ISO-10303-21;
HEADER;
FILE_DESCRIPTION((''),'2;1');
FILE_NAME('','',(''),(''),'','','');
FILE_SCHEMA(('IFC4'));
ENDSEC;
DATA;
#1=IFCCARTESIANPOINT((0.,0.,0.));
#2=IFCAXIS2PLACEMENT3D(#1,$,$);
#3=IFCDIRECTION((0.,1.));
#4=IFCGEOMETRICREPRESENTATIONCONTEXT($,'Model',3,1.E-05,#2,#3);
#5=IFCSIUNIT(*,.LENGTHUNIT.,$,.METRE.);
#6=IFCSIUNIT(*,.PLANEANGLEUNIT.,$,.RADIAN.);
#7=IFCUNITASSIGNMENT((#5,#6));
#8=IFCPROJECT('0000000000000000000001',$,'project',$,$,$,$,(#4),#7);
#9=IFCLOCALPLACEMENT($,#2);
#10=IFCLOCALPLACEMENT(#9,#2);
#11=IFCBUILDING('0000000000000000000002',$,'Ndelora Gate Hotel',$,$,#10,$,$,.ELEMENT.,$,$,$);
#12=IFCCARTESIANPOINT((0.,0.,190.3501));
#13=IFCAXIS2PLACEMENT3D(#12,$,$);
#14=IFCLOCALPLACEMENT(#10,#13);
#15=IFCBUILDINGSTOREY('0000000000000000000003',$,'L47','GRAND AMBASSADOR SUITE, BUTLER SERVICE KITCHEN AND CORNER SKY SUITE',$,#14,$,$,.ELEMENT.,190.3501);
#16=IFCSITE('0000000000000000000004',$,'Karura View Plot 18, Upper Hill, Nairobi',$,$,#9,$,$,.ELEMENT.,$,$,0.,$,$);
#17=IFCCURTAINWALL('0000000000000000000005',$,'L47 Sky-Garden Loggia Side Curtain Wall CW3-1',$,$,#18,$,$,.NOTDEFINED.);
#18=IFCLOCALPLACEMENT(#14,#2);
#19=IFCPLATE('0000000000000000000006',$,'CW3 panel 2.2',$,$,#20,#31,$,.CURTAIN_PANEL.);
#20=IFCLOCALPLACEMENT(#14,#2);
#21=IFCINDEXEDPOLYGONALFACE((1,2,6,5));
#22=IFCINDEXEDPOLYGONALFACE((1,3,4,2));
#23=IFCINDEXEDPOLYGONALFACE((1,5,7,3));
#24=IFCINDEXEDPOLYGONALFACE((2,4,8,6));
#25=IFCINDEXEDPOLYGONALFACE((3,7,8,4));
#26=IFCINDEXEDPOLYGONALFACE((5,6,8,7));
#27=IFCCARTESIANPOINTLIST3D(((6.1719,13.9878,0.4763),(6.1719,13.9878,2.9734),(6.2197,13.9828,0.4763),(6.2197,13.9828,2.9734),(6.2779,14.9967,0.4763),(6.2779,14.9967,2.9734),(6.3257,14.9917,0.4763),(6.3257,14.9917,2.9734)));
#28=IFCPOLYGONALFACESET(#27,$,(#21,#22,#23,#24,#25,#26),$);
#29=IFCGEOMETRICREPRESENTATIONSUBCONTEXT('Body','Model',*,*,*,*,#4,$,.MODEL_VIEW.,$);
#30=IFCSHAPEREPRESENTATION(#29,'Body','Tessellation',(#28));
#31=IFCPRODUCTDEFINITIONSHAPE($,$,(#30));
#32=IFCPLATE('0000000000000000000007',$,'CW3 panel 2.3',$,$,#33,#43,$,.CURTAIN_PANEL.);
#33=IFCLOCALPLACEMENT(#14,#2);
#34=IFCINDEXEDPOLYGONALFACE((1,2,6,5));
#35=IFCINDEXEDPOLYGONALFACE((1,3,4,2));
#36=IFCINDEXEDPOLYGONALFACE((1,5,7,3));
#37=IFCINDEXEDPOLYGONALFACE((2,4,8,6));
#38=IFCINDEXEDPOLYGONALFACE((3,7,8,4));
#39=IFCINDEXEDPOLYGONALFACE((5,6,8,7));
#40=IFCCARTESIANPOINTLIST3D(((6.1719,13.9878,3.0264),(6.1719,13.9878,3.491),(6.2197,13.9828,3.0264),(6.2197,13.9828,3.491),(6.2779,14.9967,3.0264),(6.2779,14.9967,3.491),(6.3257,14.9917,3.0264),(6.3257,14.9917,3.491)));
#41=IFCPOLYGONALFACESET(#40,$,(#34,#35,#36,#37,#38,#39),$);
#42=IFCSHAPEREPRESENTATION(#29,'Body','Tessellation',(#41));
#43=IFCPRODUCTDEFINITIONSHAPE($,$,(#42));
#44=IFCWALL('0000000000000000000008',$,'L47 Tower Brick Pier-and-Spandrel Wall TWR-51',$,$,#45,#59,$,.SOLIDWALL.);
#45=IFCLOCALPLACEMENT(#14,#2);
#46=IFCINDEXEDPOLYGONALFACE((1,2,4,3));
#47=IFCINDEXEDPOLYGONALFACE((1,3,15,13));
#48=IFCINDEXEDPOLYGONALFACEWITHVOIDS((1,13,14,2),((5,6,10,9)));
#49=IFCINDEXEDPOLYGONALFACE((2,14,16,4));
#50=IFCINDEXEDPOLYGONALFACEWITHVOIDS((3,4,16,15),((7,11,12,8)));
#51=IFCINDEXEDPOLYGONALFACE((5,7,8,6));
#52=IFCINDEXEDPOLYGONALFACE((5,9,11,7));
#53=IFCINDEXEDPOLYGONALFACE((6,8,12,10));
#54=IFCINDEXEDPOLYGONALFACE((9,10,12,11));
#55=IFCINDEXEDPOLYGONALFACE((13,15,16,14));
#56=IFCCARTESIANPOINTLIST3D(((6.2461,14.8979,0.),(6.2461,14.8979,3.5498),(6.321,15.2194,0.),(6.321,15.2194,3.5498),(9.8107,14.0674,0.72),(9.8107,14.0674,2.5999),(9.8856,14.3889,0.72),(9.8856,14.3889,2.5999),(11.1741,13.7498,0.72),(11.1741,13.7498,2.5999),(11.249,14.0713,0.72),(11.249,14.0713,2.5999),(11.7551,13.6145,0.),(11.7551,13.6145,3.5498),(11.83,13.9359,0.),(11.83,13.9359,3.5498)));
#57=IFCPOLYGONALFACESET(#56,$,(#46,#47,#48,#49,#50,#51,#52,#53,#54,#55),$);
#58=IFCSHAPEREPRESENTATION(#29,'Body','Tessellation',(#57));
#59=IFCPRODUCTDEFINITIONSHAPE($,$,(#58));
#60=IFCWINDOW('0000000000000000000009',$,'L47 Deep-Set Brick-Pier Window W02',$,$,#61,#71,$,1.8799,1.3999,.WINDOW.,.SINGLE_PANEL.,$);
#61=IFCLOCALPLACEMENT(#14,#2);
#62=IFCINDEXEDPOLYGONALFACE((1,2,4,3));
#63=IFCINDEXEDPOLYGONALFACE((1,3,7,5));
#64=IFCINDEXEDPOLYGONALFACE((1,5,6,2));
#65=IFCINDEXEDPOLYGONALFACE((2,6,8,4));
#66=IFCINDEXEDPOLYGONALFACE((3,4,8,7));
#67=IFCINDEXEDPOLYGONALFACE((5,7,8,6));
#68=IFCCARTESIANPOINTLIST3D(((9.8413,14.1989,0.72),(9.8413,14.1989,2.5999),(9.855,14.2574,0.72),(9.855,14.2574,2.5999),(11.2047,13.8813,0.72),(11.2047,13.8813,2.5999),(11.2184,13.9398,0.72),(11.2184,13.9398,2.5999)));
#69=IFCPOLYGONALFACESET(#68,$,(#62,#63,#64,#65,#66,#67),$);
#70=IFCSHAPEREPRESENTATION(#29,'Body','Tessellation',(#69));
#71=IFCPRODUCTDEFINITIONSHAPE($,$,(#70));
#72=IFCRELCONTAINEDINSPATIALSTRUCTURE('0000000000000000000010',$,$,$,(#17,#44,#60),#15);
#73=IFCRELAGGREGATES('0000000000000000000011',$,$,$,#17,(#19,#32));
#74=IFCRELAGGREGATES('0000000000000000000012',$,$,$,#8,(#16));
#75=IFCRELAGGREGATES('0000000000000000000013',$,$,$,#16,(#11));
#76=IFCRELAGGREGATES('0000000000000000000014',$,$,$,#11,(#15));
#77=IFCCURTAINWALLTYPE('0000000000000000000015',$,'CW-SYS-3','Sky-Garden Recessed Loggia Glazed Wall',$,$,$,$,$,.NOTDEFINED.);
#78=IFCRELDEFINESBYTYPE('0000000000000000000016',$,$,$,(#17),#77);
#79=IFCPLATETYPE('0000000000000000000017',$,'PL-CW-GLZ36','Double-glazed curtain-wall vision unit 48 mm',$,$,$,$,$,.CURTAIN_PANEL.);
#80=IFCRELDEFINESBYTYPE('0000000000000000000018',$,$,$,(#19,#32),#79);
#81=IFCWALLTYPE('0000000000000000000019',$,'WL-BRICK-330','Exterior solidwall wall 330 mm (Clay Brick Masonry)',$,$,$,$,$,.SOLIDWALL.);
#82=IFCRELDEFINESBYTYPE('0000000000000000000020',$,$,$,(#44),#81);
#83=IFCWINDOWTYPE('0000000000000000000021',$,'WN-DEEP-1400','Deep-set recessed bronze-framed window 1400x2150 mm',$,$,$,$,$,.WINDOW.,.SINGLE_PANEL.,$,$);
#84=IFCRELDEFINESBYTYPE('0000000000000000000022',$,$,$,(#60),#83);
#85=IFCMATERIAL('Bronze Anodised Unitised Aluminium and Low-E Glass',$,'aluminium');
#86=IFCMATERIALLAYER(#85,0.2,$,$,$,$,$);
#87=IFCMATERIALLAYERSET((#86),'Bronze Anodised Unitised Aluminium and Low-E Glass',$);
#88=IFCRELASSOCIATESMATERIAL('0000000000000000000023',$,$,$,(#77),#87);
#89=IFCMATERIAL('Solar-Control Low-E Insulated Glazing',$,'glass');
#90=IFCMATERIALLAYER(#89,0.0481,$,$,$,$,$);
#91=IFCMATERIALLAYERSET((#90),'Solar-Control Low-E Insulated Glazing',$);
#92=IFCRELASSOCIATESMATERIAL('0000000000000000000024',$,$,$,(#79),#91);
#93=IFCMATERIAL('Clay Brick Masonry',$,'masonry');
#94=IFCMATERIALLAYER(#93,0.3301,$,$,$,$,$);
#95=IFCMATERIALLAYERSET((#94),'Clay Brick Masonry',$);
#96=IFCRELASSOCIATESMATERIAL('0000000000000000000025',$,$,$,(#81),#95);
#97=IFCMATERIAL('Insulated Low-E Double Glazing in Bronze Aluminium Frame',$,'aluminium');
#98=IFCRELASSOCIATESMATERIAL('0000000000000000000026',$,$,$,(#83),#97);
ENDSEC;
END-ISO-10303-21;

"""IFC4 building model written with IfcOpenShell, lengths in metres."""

from ifc_helpers import new_model, si_unit, direction, frame, frame_2d, origin, origin_2d, place, context, subcontext, project, spatial, rectangle, extrude, material, layer, layer_set, type_object, element, fill, aggregate, save


model = new_model("IFC4")

# Units and contexts
model_context = context("Model", 3, precision=1e-05, world=origin(), true_north=direction((0.0, 1.0)))
body_context = subcontext(model_context, "Body", "Model", "MODEL_VIEW")
ifc_project = project(units=[si_unit("LENGTHUNIT", "METRE"), si_unit("PLANEANGLEUNIT", "RADIAN")], contexts=[model_context])

# Site, building, storey
site_placement = place(None, origin())
site = spatial("IfcSite", under=ifc_project, at=site_placement, Name="Karura View Plot 18, Upper Hill, Nairobi", CompositionType="ELEMENT", RefElevation=0.0)
building_placement = place(site_placement, origin())
building = spatial("IfcBuilding", under=site, at=building_placement, Name="Ndelora Gate Hotel", CompositionType="ELEMENT")
storey_placement = place(building_placement, frame((0.0, 0.0, 190.3501)))
storey = spatial("IfcBuildingStorey", under=building, at=storey_placement, Name="L47", Description="GRAND AMBASSADOR SUITE, BUTLER SERVICE KITCHEN AND CORNER SKY SUITE", CompositionType="ELEMENT", Elevation=190.3501)

# Curtain wall, plates
ifc_material_1 = material(Name="Bronze Anodised Unitised Aluminium and Low-E Glass", Category="aluminium")
ifc_layer_1 = layer(ifc_material_1, 0.2)
ifc_layer_set_1 = layer_set([ifc_layer_1], Name="Bronze Anodised Unitised Aluminium and Low-E Glass")
curtain_wall_type = type_object("IfcCurtainWallType", Name="CW-SYS-3", Description="Sky-Garden Recessed Loggia Glazed Wall", PredefinedType="NOTDEFINED", material=ifc_layer_set_1)
curtain_wall_placement = place(storey_placement, origin())
curtain_wall = element("IfcCurtainWall", 1, at=curtain_wall_placement, inside=storey, type_object=curtain_wall_type, Name="L47 Sky-Garden Loggia Side Curtain Wall CW3-1", PredefinedType="NOTDEFINED")
ifc_material_2 = material(Name="Solar-Control Low-E Insulated Glazing", Category="glass")
ifc_layer_2 = layer(ifc_material_2, 0.0481)
ifc_layer_set_2 = layer_set([ifc_layer_2], Name="Solar-Control Low-E Insulated Glazing")
plate_type = type_object("IfcPlateType", Name="PL-CW-GLZ36", Description="Double-glazed curtain-wall vision unit 48 mm", PredefinedType="CURTAIN_PANEL", material=ifc_layer_set_2)
plate_1_placement = place(storey_placement, frame((6.2488, 14.4897, 0.4763), z_axis=(0.0, 0.0, 1.0), x_axis=(0.104498, 0.994525, 0.0)))
plate_1 = element("IfcPlate", 2, at=plate_1_placement, type_object=plate_type, Name="CW3 panel 2.2", PredefinedType="CURTAIN_PANEL", context=body_context, shape_type="SweptSolid", body=[
    extrude(rectangle(XDim=1.0144, YDim=0.0481, at=origin_2d()), origin(), (0.0, 0.0, 1.0), 2.4971),
])
plate_2_placement = place(storey_placement, frame((6.2488, 14.4897, 3.0264), z_axis=(0.0, 0.0, 1.0), x_axis=(0.104498, 0.994525, 0.0)))
plate_2 = element("IfcPlate", 3, at=plate_2_placement, type_object=plate_type, Name="CW3 panel 2.3", PredefinedType="CURTAIN_PANEL", context=body_context, shape_type="SweptSolid", body=[
    extrude(rectangle(XDim=1.0144, YDim=0.0481, at=origin_2d()), origin(), (0.0, 0.0, 1.0), 0.4646),
])
aggregate(curtain_wall, [plate_1, plate_2])

# Wall, opening, window
ifc_material_3 = material(Name="Clay Brick Masonry", Category="masonry")
ifc_layer_3 = layer(ifc_material_3, 0.3301)
ifc_layer_set_3 = layer_set([ifc_layer_3], Name="Clay Brick Masonry")
wall_type = type_object("IfcWallType", Name="WL-BRICK-330", Description="Exterior solidwall wall 330 mm (Clay Brick Masonry)", PredefinedType="SOLIDWALL", material=ifc_layer_set_3)
wall_placement = place(storey_placement, frame((6.2837, 15.0586, 0.0), z_axis=(0.0, 0.0, 1.0), x_axis=(0.973919, -0.226895, 0.0)))
wall = element("IfcWall", 4, at=wall_placement, inside=storey, type_object=wall_type, Name="L47 Tower Brick Pier-and-Spandrel Wall TWR-51", PredefinedType="SOLIDWALL", context=body_context, shape_type="SweptSolid", body=[
    extrude(rectangle(XDim=5.6565, YDim=0.3301, at=frame_2d((2.8281, 0.0))), origin(), (0.0, 0.0, 1.0), 3.5498),
])
opening_placement = place(wall_placement, frame((3.6599, 0.0, 0.72)))
opening = element("IfcOpeningElement", 5, at=opening_placement, cuts=wall, PredefinedType="OPENING", context=body_context, shape_type="SweptSolid", body=[
    extrude(rectangle(XDim=1.3999, YDim=1.8799, at=frame_2d((0.7, 0.9399))), frame((0.0, 0.175, 0.0), z_axis=(0.0, -1.0, 0.0), x_axis=(1.0, 0.0, 0.0)), (0.0, 0.0, 1.0), 0.3501),
])
ifc_material_4 = material(Name="Insulated Low-E Double Glazing in Bronze Aluminium Frame", Category="aluminium")
window_type = type_object("IfcWindowType", Name="WN-DEEP-1400", Description="Deep-set recessed bronze-framed window 1400x2150 mm", PartitioningType="SINGLE_PANEL", PredefinedType="WINDOW", material=ifc_material_4)
window_placement = place(opening_placement, origin())
window = element("IfcWindow", 6, at=window_placement, inside=storey, type_object=window_type, Name="L47 Deep-Set Brick-Pier Window W02", OverallHeight=1.8799, OverallWidth=1.3999, PartitioningType="SINGLE_PANEL", PredefinedType="WINDOW", context=body_context, shape_type="SweptSolid", body=[
    extrude(rectangle(XDim=1.3999, YDim=1.8799, at=frame_2d((0.7, 0.9399))), frame((0.0, 0.03, 0.0), z_axis=(0.0, -1.0, 0.0), x_axis=(1.0, 0.0, 0.0)), (0.0, 0.0, 1.0), 0.0601),
])
fill(opening, window)

save(model, "model.ifc")
